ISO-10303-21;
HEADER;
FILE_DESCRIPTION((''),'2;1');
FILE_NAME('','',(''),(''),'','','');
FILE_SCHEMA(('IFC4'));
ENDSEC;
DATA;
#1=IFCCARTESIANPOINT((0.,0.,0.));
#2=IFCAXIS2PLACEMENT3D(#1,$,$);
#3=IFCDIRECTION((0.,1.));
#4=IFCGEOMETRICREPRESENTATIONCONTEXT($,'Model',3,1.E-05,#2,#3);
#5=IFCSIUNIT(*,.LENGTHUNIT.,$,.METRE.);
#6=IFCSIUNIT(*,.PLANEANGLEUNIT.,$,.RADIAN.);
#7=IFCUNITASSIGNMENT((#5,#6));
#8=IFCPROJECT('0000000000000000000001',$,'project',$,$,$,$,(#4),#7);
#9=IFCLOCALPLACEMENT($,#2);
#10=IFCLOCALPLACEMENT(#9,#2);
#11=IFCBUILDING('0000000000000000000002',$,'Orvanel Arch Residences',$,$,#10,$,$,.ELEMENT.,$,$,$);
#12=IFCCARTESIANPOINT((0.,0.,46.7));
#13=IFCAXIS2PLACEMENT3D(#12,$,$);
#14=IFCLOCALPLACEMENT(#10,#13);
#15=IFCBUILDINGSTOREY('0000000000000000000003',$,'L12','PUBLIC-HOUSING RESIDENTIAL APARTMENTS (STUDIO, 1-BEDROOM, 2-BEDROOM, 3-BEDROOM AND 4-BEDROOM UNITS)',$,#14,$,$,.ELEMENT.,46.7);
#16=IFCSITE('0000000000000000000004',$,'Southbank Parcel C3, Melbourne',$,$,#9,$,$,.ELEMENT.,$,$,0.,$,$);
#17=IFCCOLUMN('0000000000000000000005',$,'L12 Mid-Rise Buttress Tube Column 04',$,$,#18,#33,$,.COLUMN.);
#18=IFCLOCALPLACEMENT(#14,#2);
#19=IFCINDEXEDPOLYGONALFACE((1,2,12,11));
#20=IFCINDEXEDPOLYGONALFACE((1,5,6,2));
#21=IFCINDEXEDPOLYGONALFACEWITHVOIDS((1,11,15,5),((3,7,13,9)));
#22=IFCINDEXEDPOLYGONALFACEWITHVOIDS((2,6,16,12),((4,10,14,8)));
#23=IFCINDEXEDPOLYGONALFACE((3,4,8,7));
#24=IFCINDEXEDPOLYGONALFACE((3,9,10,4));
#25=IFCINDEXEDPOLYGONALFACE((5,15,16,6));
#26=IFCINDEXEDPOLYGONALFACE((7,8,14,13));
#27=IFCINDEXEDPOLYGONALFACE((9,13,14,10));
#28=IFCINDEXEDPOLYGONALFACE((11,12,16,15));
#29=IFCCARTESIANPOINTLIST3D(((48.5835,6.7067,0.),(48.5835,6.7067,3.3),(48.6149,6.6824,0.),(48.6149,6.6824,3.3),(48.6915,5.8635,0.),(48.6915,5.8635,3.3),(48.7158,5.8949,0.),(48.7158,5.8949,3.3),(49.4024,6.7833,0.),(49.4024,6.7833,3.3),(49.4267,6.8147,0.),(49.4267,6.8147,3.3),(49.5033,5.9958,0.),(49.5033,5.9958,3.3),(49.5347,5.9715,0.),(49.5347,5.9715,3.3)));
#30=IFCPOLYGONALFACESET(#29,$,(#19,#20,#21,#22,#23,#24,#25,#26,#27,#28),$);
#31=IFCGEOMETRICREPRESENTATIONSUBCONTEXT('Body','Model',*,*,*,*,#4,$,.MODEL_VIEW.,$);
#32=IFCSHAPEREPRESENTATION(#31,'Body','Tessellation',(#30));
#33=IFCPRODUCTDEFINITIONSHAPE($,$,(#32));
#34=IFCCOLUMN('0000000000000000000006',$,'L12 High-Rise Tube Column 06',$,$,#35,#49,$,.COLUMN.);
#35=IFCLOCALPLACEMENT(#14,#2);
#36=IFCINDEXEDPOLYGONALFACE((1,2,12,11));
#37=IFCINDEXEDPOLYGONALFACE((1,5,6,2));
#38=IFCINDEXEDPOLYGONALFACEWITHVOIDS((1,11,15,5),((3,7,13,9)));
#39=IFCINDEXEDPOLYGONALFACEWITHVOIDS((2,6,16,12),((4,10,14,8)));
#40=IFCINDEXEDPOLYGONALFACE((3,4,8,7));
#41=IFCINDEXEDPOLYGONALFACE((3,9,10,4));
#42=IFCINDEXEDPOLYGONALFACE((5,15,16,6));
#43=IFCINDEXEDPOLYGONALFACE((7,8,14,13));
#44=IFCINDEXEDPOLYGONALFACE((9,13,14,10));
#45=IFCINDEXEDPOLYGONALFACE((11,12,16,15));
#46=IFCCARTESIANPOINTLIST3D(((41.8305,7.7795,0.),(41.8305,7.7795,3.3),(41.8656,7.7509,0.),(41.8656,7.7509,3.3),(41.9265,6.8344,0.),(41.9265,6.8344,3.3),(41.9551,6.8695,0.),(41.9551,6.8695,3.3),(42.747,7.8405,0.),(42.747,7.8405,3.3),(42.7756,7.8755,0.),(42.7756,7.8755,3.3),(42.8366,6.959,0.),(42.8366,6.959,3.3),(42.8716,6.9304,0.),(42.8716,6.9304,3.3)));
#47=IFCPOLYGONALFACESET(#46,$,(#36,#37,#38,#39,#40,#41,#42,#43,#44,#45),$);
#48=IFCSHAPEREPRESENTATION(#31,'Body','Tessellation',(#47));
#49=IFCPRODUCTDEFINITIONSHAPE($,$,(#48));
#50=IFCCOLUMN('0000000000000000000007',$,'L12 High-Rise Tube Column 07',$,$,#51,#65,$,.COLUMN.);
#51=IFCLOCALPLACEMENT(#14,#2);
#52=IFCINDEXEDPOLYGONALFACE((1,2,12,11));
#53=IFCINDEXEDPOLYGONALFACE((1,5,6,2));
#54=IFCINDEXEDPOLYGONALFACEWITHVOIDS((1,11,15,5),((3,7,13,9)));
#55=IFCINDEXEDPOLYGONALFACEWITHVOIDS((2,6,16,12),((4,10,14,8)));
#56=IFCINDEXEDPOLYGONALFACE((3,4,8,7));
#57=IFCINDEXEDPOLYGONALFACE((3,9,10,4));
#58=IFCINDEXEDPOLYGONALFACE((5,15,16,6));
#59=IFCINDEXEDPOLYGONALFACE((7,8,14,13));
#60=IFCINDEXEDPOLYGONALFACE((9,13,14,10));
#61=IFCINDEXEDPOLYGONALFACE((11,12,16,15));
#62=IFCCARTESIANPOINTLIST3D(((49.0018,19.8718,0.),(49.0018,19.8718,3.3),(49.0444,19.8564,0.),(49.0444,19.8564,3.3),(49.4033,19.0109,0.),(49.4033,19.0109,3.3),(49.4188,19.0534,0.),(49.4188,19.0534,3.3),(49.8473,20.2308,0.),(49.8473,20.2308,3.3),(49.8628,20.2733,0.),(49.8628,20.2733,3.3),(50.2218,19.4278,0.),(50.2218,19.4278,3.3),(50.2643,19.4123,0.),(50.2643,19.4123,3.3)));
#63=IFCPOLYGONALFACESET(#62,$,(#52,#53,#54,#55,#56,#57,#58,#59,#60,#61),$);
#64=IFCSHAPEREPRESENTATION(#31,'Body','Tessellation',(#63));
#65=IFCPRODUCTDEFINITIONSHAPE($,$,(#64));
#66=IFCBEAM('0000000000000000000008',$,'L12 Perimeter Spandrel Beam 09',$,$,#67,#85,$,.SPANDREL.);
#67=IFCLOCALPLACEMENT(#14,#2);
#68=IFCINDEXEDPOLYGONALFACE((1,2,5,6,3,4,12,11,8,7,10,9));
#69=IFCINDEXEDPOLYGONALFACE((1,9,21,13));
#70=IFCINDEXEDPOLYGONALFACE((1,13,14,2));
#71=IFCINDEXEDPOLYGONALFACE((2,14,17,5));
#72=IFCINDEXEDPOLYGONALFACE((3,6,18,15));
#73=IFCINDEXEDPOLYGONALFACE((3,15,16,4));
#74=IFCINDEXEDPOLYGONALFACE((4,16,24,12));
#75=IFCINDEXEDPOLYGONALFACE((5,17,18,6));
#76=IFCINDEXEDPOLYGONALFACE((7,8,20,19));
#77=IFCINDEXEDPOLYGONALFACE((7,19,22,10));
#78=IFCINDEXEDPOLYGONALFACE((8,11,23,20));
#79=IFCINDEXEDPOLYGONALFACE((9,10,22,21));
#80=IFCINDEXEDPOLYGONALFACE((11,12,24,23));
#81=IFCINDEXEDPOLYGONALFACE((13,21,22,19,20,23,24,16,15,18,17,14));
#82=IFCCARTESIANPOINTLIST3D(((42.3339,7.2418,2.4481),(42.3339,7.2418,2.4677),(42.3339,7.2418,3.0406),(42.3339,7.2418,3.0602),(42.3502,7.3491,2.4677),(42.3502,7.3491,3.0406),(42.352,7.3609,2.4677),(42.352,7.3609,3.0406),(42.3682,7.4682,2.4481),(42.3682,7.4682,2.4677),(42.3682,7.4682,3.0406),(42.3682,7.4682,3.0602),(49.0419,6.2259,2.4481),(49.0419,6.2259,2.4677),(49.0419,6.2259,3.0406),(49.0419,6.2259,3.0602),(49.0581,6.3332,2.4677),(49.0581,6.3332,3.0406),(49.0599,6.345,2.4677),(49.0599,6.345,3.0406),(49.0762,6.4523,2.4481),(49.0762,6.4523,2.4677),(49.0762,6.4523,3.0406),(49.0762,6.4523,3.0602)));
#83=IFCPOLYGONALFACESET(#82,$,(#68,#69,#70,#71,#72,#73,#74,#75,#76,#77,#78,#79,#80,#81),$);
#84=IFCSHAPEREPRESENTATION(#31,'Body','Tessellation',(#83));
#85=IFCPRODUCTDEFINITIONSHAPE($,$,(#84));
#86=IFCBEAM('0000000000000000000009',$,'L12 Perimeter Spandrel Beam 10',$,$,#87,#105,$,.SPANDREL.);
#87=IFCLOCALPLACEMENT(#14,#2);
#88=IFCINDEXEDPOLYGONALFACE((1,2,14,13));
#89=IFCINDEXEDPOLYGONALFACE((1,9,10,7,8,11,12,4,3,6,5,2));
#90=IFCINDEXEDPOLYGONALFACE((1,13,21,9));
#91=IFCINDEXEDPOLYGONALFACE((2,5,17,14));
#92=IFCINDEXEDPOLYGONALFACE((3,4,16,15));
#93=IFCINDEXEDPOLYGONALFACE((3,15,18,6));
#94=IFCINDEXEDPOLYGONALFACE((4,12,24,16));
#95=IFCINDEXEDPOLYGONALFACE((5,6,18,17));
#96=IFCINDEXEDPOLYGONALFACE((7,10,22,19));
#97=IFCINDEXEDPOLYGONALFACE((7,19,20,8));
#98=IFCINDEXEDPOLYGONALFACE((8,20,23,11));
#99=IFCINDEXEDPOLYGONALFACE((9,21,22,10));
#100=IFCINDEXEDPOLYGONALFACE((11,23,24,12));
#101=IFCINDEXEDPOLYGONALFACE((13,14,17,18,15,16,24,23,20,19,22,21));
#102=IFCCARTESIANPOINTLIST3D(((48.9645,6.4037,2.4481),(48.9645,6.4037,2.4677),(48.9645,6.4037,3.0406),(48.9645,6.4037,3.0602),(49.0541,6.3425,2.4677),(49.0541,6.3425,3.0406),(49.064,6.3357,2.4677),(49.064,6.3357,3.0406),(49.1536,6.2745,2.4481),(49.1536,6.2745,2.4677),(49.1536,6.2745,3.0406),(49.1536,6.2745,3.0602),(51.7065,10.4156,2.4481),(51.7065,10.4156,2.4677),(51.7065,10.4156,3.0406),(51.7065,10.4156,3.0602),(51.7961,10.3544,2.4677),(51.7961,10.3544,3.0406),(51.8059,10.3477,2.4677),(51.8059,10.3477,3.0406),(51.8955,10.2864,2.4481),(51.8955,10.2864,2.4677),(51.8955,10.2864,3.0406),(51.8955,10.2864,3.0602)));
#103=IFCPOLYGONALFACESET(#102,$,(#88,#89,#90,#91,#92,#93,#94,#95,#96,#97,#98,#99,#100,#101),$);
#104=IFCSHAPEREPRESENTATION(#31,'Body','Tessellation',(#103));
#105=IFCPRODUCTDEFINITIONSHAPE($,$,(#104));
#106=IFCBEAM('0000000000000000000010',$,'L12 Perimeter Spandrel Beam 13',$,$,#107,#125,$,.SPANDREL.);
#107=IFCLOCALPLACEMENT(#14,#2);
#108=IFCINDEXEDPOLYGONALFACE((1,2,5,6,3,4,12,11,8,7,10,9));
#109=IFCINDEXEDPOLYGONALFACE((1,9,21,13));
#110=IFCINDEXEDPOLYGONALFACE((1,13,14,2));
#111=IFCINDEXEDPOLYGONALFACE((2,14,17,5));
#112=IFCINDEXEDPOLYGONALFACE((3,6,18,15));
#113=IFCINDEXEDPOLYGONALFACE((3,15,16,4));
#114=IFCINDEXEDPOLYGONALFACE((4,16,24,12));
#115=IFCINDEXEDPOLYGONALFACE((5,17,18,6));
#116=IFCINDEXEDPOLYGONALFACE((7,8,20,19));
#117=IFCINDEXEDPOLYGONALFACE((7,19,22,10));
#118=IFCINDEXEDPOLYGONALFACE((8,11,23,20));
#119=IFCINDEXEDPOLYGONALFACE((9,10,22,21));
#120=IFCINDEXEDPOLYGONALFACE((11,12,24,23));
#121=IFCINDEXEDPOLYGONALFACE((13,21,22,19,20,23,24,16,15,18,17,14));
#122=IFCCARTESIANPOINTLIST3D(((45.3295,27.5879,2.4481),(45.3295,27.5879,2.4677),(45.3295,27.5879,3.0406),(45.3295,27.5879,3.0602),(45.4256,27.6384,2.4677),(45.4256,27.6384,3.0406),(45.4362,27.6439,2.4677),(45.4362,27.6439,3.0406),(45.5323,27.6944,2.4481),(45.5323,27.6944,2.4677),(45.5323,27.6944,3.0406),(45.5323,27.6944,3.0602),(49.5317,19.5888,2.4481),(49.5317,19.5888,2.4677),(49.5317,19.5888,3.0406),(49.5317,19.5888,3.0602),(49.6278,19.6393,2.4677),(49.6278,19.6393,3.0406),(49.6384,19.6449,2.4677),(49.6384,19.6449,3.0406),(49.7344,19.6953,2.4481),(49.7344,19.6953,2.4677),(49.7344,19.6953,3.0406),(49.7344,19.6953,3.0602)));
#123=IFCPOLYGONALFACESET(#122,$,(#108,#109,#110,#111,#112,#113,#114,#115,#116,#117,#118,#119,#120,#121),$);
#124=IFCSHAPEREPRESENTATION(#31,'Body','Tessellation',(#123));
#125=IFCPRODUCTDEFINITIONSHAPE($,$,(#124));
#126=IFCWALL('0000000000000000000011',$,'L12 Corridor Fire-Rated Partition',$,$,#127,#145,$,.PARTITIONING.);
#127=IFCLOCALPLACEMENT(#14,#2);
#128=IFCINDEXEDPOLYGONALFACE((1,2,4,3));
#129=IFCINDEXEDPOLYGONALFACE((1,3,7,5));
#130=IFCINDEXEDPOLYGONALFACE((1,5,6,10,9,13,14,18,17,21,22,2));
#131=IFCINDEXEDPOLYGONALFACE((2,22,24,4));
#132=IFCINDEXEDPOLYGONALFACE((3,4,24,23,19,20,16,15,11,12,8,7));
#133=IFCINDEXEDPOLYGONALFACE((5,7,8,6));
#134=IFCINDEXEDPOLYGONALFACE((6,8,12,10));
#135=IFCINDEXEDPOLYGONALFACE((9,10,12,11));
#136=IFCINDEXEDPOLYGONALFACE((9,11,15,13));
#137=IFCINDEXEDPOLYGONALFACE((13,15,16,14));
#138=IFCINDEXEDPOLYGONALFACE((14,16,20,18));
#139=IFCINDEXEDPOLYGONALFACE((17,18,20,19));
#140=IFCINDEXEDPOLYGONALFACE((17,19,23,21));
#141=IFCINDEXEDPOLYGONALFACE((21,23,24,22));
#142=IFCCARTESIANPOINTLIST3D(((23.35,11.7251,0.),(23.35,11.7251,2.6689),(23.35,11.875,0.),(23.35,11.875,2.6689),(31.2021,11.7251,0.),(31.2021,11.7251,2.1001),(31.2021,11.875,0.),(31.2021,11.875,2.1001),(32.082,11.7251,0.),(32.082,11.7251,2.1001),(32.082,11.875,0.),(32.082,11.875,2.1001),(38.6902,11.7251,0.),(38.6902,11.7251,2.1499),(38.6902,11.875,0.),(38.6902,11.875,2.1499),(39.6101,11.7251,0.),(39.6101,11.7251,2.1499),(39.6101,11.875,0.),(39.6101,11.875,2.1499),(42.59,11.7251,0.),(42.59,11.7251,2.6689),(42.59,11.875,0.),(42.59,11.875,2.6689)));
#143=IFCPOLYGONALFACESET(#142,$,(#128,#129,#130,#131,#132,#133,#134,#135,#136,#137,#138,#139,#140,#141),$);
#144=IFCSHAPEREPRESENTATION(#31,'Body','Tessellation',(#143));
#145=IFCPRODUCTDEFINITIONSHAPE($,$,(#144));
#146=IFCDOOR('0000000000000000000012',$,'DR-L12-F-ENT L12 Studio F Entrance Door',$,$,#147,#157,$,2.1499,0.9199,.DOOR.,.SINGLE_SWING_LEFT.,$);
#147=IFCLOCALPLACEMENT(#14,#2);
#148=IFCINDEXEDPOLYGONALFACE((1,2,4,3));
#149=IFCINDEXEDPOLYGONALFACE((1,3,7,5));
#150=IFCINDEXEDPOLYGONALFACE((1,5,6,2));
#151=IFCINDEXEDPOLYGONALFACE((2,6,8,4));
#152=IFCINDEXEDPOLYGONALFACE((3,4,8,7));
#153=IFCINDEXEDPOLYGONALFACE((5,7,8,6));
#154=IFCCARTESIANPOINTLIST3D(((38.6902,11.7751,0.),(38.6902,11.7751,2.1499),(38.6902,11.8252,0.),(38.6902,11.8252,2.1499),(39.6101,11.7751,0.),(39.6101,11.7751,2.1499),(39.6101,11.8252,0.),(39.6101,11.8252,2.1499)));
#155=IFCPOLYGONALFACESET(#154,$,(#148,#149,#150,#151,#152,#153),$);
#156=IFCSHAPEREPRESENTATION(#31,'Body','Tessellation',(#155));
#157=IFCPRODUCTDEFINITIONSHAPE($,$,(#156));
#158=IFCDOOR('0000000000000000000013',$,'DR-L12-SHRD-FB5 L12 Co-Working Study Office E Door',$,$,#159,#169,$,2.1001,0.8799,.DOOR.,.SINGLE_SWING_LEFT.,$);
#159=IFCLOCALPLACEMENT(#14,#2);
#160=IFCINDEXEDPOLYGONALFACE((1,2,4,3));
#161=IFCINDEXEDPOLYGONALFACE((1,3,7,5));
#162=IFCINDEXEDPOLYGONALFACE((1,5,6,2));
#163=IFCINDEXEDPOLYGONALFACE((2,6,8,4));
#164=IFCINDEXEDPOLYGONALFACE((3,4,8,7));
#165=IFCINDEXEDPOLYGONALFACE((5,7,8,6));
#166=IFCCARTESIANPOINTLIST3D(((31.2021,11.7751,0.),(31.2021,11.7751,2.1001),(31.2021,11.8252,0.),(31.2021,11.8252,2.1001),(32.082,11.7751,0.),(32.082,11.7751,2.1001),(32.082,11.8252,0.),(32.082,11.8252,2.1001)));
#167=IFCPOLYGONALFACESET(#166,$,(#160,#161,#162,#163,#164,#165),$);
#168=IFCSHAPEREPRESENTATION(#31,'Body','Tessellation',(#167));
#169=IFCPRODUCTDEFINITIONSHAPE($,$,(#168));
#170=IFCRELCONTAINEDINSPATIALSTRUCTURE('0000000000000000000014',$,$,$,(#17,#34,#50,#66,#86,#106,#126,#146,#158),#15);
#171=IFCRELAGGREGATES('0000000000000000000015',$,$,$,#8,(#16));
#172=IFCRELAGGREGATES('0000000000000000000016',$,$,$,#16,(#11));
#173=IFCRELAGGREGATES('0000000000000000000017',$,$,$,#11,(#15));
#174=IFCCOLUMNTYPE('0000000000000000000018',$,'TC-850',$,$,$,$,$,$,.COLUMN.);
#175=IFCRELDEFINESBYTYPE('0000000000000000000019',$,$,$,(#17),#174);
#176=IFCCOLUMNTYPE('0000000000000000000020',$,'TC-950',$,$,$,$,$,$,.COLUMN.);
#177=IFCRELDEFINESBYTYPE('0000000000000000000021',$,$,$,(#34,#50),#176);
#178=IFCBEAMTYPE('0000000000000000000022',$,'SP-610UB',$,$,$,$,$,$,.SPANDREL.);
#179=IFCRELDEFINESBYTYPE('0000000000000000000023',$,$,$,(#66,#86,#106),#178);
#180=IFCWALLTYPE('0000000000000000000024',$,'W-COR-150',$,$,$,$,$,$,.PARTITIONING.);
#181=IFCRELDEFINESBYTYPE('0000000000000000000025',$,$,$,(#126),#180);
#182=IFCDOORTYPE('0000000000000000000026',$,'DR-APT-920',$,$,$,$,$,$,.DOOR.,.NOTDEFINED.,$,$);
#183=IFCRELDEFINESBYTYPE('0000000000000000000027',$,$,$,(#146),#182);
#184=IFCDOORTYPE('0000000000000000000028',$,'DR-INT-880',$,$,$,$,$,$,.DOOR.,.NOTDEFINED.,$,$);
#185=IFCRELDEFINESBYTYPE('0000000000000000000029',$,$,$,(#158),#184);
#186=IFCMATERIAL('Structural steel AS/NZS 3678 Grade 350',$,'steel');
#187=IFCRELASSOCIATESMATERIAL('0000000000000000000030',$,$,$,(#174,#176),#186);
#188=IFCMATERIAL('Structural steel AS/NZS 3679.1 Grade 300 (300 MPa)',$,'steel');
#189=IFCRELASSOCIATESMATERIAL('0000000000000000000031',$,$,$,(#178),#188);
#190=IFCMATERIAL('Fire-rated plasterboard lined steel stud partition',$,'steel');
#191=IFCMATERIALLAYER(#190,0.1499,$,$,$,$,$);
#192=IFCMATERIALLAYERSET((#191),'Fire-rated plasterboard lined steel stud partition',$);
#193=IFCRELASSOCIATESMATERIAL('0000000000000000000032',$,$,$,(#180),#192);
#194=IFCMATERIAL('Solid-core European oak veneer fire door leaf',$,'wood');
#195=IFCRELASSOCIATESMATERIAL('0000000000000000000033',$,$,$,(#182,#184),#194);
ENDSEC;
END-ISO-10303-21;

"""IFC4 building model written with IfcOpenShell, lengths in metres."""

from ifc_helpers import new_model, si_unit, direction, frame, frame_2d, origin, origin_2d, place, context, subcontext, project, spatial, rectangle, hollow_rectangle, i_section, extrude, material, layer, layer_set, material_profile, profile_set, type_object, element, fill, save


model = new_model("IFC4")

# Units and contexts
model_context = context("Model", 3, precision=1e-05, world=origin(), true_north=direction((0.0, 1.0)))
body_context = subcontext(model_context, "Body", "Model", "MODEL_VIEW")
ifc_project = project(units=[si_unit("LENGTHUNIT", "METRE"), si_unit("PLANEANGLEUNIT", "RADIAN")], contexts=[model_context])

# Site, building, storey
site_placement = place(None, origin())
site = spatial("IfcSite", under=ifc_project, at=site_placement, Name="Southbank Parcel C3, Melbourne", CompositionType="ELEMENT", RefElevation=0.0)
building_placement = place(site_placement, origin())
building = spatial("IfcBuilding", under=site, at=building_placement, Name="Orvanel Arch Residences", CompositionType="ELEMENT")
storey_placement = place(building_placement, frame((0.0, 0.0, 46.7)))
storey = spatial("IfcBuildingStorey", under=building, at=storey_placement, Name="L12", Description="PUBLIC-HOUSING RESIDENTIAL APARTMENTS (STUDIO, 1-BEDROOM, 2-BEDROOM, 3-BEDROOM AND 4-BEDROOM UNITS)", CompositionType="ELEMENT", Elevation=46.7)

# Columns
ifc_material_1 = material(Name="Structural steel AS/NZS 3678 Grade 350", Category="steel")
ifc_material_profile_1 = material_profile(ifc_material_1, hollow_rectangle(XDim=0.8501, YDim=0.8501, WallThickness=0.0281, at=origin_2d()), Name="BOX850x850x28")
ifc_profile_set_1 = profile_set([ifc_material_profile_1], Name="Structural steel AS/NZS 3678 Grade 350")
column_type_1 = type_object("IfcColumnType", Name="TC-850", PredefinedType="COLUMN", material=ifc_profile_set_1)
column_placement = place(storey_placement, frame((49.0591, 6.3391, 0.0), z_axis=(0.0, 0.0, 1.0), x_axis=(0.991894, 0.127065, 0.0)))
element("IfcColumn", 1, at=column_placement, inside=storey, type_object=column_type_1, Name="L12 Mid-Rise Buttress Tube Column 04", PredefinedType="COLUMN", context=body_context, shape_type="SweptSolid", body=[
    extrude(hollow_rectangle(XDim=0.8501, YDim=0.8501, WallThickness=0.0281, at=origin_2d()), origin(), (0.0, 0.0, 1.0), 3.3),
])
ifc_material_profile_2 = material_profile(ifc_material_1, hollow_rectangle(XDim=0.95, YDim=0.95, WallThickness=0.032, at=origin_2d()), Name="BOX950x950x32")
ifc_profile_set_2 = profile_set([ifc_material_profile_2], Name="Structural steel AS/NZS 3678 Grade 350")
column_type_2 = type_object("IfcColumnType", Name="TC-950", PredefinedType="COLUMN", material=ifc_profile_set_2)
for number, where, z_axis, x_axis, name in (
    (2, (42.3511, 7.355, 0.0), (0.0, 0.0, 1.0), (0.994881, 0.101056, 0.0), "L12 High-Rise Tube Column 06"),
    (3, (49.6331, 19.6421, 0.0), (0.0, 0.0, 1.0), (-0.422618, 0.906308, 0.0), "L12 High-Rise Tube Column 07"),
):
    element("IfcColumn", number, at=place(storey_placement, frame(where, z_axis=z_axis, x_axis=x_axis)), inside=storey, type_object=column_type_2, Name=name, PredefinedType="COLUMN", context=body_context, shape_type="SweptSolid", body=[
        extrude(hollow_rectangle(XDim=0.95, YDim=0.95, WallThickness=0.032, at=origin_2d()), origin(), (0.0, 0.0, 1.0), 3.3),
    ])

# Beams
ifc_material_2 = material(Name="Structural steel AS/NZS 3679.1 Grade 300 (300 MPa)", Category="steel")
ifc_material_profile_3 = material_profile(ifc_material_2, i_section(OverallWidth=0.229, OverallDepth=0.6121, WebThickness=0.012, FlangeThickness=0.0195, at=origin_2d()), Name="610UB125")
ifc_profile_set_3 = profile_set([ifc_material_profile_3], Name="Structural steel AS/NZS 3679.1 Grade 300 (300 MPa)")
beam_type = type_object("IfcBeamType", Name="SP-610UB", PredefinedType="SPANDREL", material=ifc_profile_set_3)
beam_1_placement = place(storey_placement, frame((42.3511, 7.355, 2.7542), z_axis=(0.988726, -0.149734, 0.0), x_axis=(0.149734, 0.988726, 0.0)))
element("IfcBeam", 4, at=beam_1_placement, inside=storey, type_object=beam_type, Name="L12 Perimeter Spandrel Beam 09", PredefinedType="SPANDREL", context=body_context, shape_type="SweptSolid", body=[
    extrude(i_section(OverallWidth=0.229, OverallDepth=0.6121, WebThickness=0.012, FlangeThickness=0.0195, at=origin_2d()), origin(), (0.0, 0.0, 1.0), 6.7844),
])
beam_2_placement = place(storey_placement, frame((49.0591, 6.3391, 2.7542), z_axis=(0.564252, 0.825603, 0.0), x_axis=(-0.825603, 0.564252, 0.0)))
element("IfcBeam", 5, at=beam_2_placement, inside=storey, type_object=beam_type, Name="L12 Perimeter Spandrel Beam 10", PredefinedType="SPANDREL", context=body_context, shape_type="SweptSolid", body=[
    extrude(i_section(OverallWidth=0.229, OverallDepth=0.6121, WebThickness=0.012, FlangeThickness=0.0195, at=origin_2d()), origin(), (0.0, 0.0, 1.0), 4.8594),
])
beam_3_placement = place(storey_placement, frame((49.6331, 19.6421, 2.7542), z_axis=(-0.465065, 0.885277, 0.0), x_axis=(-0.885277, -0.465065, 0.0)))
element("IfcBeam", 6, at=beam_3_placement, inside=storey, type_object=beam_type, Name="L12 Perimeter Spandrel Beam 13", PredefinedType="SPANDREL", context=body_context, shape_type="SweptSolid", body=[
    extrude(i_section(OverallWidth=0.229, OverallDepth=0.6121, WebThickness=0.012, FlangeThickness=0.0195, at=origin_2d()), origin(), (0.0, 0.0, 1.0), 9.0356),
])

# Wall, openings, doors
ifc_material_3 = material(Name="Fire-rated plasterboard lined steel stud partition", Category="steel")
ifc_layer_1 = layer(ifc_material_3, 0.1499)
ifc_layer_set_1 = layer_set([ifc_layer_1], Name="Fire-rated plasterboard lined steel stud partition")
wall_type_1 = type_object("IfcWallType", Name="W-COR-150", PredefinedType="PARTITIONING", material=ifc_layer_set_1)
wall_1_placement = place(storey_placement, frame((42.5901, 11.8, 0.0), z_axis=(0.0, 0.0, 1.0), x_axis=(-1.0, 0.0, 0.0)))
wall_1 = element("IfcWall", 7, at=wall_1_placement, inside=storey, type_object=wall_type_1, Name="L12 Corridor Fire-Rated Partition", PredefinedType="PARTITIONING", context=body_context, shape_type="SweptSolid", body=[
    extrude(rectangle(XDim=19.24, YDim=0.1499, at=frame_2d((9.6201, 0.0))), origin(), (0.0, 0.0, 1.0), 2.6689),
])
opening_1_placement = place(wall_1_placement, frame((10.5081, 0.0, 0.0)))
opening_1 = element("IfcOpeningElement", 8, at=opening_1_placement, cuts=wall_1, PredefinedType="OPENING", context=body_context, shape_type="SweptSolid", body=[
    extrude(rectangle(XDim=0.8799, YDim=2.1001, at=frame_2d((0.4399, 1.05))), frame((0.0, 0.085, 0.0), z_axis=(0.0, -1.0, 0.0), x_axis=(1.0, 0.0, 0.0)), (0.0, 0.0, 1.0), 0.1699),
])
opening_2_placement = place(wall_1_placement, frame((2.98, 0.0, 0.0)))
opening_2 = element("IfcOpeningElement", 9, at=opening_2_placement, cuts=wall_1, PredefinedType="OPENING", context=body_context, shape_type="SweptSolid", body=[
    extrude(rectangle(XDim=0.9199, YDim=2.1499, at=frame_2d((0.46, 1.075))), frame((0.0, 0.085, 0.0), z_axis=(0.0, -1.0, 0.0), x_axis=(1.0, 0.0, 0.0)), (0.0, 0.0, 1.0), 0.1699),
])
ifc_material_4 = material(Name="Solid-core European oak veneer fire door leaf", Category="wood")
door_type_1 = type_object("IfcDoorType", Name="DR-APT-920", OperationType="NOTDEFINED", PredefinedType="DOOR", material=ifc_material_4)
door_1_placement = place(opening_2_placement, origin())
door_1 = element("IfcDoor", 10, at=door_1_placement, inside=storey, type_object=door_type_1, Name="DR-L12-F-ENT L12 Studio F Entrance Door", OperationType="SINGLE_SWING_LEFT", OverallHeight=2.1499, OverallWidth=0.9199, PredefinedType="DOOR", context=body_context, shape_type="SweptSolid", body=[
    extrude(rectangle(XDim=0.9199, YDim=2.1499, at=frame_2d((0.46, 1.075))), frame((0.0, 0.0249, 0.0), z_axis=(0.0, -1.0, 0.0), x_axis=(1.0, 0.0, 0.0)), (0.0, 0.0, 1.0), 0.05),
])
fill(opening_2, door_1)
door_type_2 = type_object("IfcDoorType", Name="DR-INT-880", OperationType="NOTDEFINED", PredefinedType="DOOR", material=ifc_material_4)
door_2_placement = place(opening_1_placement, origin())
door_2 = element("IfcDoor", 11, at=door_2_placement, inside=storey, type_object=door_type_2, Name="DR-L12-SHRD-FB5 L12 Co-Working Study Office E Door", OperationType="SINGLE_SWING_LEFT", OverallHeight=2.1001, OverallWidth=0.8799, PredefinedType="DOOR", context=body_context, shape_type="SweptSolid", body=[
    extrude(rectangle(XDim=0.8799, YDim=2.1001, at=frame_2d((0.4399, 1.05))), frame((0.0, 0.0249, 0.0), z_axis=(0.0, -1.0, 0.0), x_axis=(1.0, 0.0, 0.0)), (0.0, 0.0, 1.0), 0.05),
])
fill(opening_1, door_2)

save(model, "model.ifc")
